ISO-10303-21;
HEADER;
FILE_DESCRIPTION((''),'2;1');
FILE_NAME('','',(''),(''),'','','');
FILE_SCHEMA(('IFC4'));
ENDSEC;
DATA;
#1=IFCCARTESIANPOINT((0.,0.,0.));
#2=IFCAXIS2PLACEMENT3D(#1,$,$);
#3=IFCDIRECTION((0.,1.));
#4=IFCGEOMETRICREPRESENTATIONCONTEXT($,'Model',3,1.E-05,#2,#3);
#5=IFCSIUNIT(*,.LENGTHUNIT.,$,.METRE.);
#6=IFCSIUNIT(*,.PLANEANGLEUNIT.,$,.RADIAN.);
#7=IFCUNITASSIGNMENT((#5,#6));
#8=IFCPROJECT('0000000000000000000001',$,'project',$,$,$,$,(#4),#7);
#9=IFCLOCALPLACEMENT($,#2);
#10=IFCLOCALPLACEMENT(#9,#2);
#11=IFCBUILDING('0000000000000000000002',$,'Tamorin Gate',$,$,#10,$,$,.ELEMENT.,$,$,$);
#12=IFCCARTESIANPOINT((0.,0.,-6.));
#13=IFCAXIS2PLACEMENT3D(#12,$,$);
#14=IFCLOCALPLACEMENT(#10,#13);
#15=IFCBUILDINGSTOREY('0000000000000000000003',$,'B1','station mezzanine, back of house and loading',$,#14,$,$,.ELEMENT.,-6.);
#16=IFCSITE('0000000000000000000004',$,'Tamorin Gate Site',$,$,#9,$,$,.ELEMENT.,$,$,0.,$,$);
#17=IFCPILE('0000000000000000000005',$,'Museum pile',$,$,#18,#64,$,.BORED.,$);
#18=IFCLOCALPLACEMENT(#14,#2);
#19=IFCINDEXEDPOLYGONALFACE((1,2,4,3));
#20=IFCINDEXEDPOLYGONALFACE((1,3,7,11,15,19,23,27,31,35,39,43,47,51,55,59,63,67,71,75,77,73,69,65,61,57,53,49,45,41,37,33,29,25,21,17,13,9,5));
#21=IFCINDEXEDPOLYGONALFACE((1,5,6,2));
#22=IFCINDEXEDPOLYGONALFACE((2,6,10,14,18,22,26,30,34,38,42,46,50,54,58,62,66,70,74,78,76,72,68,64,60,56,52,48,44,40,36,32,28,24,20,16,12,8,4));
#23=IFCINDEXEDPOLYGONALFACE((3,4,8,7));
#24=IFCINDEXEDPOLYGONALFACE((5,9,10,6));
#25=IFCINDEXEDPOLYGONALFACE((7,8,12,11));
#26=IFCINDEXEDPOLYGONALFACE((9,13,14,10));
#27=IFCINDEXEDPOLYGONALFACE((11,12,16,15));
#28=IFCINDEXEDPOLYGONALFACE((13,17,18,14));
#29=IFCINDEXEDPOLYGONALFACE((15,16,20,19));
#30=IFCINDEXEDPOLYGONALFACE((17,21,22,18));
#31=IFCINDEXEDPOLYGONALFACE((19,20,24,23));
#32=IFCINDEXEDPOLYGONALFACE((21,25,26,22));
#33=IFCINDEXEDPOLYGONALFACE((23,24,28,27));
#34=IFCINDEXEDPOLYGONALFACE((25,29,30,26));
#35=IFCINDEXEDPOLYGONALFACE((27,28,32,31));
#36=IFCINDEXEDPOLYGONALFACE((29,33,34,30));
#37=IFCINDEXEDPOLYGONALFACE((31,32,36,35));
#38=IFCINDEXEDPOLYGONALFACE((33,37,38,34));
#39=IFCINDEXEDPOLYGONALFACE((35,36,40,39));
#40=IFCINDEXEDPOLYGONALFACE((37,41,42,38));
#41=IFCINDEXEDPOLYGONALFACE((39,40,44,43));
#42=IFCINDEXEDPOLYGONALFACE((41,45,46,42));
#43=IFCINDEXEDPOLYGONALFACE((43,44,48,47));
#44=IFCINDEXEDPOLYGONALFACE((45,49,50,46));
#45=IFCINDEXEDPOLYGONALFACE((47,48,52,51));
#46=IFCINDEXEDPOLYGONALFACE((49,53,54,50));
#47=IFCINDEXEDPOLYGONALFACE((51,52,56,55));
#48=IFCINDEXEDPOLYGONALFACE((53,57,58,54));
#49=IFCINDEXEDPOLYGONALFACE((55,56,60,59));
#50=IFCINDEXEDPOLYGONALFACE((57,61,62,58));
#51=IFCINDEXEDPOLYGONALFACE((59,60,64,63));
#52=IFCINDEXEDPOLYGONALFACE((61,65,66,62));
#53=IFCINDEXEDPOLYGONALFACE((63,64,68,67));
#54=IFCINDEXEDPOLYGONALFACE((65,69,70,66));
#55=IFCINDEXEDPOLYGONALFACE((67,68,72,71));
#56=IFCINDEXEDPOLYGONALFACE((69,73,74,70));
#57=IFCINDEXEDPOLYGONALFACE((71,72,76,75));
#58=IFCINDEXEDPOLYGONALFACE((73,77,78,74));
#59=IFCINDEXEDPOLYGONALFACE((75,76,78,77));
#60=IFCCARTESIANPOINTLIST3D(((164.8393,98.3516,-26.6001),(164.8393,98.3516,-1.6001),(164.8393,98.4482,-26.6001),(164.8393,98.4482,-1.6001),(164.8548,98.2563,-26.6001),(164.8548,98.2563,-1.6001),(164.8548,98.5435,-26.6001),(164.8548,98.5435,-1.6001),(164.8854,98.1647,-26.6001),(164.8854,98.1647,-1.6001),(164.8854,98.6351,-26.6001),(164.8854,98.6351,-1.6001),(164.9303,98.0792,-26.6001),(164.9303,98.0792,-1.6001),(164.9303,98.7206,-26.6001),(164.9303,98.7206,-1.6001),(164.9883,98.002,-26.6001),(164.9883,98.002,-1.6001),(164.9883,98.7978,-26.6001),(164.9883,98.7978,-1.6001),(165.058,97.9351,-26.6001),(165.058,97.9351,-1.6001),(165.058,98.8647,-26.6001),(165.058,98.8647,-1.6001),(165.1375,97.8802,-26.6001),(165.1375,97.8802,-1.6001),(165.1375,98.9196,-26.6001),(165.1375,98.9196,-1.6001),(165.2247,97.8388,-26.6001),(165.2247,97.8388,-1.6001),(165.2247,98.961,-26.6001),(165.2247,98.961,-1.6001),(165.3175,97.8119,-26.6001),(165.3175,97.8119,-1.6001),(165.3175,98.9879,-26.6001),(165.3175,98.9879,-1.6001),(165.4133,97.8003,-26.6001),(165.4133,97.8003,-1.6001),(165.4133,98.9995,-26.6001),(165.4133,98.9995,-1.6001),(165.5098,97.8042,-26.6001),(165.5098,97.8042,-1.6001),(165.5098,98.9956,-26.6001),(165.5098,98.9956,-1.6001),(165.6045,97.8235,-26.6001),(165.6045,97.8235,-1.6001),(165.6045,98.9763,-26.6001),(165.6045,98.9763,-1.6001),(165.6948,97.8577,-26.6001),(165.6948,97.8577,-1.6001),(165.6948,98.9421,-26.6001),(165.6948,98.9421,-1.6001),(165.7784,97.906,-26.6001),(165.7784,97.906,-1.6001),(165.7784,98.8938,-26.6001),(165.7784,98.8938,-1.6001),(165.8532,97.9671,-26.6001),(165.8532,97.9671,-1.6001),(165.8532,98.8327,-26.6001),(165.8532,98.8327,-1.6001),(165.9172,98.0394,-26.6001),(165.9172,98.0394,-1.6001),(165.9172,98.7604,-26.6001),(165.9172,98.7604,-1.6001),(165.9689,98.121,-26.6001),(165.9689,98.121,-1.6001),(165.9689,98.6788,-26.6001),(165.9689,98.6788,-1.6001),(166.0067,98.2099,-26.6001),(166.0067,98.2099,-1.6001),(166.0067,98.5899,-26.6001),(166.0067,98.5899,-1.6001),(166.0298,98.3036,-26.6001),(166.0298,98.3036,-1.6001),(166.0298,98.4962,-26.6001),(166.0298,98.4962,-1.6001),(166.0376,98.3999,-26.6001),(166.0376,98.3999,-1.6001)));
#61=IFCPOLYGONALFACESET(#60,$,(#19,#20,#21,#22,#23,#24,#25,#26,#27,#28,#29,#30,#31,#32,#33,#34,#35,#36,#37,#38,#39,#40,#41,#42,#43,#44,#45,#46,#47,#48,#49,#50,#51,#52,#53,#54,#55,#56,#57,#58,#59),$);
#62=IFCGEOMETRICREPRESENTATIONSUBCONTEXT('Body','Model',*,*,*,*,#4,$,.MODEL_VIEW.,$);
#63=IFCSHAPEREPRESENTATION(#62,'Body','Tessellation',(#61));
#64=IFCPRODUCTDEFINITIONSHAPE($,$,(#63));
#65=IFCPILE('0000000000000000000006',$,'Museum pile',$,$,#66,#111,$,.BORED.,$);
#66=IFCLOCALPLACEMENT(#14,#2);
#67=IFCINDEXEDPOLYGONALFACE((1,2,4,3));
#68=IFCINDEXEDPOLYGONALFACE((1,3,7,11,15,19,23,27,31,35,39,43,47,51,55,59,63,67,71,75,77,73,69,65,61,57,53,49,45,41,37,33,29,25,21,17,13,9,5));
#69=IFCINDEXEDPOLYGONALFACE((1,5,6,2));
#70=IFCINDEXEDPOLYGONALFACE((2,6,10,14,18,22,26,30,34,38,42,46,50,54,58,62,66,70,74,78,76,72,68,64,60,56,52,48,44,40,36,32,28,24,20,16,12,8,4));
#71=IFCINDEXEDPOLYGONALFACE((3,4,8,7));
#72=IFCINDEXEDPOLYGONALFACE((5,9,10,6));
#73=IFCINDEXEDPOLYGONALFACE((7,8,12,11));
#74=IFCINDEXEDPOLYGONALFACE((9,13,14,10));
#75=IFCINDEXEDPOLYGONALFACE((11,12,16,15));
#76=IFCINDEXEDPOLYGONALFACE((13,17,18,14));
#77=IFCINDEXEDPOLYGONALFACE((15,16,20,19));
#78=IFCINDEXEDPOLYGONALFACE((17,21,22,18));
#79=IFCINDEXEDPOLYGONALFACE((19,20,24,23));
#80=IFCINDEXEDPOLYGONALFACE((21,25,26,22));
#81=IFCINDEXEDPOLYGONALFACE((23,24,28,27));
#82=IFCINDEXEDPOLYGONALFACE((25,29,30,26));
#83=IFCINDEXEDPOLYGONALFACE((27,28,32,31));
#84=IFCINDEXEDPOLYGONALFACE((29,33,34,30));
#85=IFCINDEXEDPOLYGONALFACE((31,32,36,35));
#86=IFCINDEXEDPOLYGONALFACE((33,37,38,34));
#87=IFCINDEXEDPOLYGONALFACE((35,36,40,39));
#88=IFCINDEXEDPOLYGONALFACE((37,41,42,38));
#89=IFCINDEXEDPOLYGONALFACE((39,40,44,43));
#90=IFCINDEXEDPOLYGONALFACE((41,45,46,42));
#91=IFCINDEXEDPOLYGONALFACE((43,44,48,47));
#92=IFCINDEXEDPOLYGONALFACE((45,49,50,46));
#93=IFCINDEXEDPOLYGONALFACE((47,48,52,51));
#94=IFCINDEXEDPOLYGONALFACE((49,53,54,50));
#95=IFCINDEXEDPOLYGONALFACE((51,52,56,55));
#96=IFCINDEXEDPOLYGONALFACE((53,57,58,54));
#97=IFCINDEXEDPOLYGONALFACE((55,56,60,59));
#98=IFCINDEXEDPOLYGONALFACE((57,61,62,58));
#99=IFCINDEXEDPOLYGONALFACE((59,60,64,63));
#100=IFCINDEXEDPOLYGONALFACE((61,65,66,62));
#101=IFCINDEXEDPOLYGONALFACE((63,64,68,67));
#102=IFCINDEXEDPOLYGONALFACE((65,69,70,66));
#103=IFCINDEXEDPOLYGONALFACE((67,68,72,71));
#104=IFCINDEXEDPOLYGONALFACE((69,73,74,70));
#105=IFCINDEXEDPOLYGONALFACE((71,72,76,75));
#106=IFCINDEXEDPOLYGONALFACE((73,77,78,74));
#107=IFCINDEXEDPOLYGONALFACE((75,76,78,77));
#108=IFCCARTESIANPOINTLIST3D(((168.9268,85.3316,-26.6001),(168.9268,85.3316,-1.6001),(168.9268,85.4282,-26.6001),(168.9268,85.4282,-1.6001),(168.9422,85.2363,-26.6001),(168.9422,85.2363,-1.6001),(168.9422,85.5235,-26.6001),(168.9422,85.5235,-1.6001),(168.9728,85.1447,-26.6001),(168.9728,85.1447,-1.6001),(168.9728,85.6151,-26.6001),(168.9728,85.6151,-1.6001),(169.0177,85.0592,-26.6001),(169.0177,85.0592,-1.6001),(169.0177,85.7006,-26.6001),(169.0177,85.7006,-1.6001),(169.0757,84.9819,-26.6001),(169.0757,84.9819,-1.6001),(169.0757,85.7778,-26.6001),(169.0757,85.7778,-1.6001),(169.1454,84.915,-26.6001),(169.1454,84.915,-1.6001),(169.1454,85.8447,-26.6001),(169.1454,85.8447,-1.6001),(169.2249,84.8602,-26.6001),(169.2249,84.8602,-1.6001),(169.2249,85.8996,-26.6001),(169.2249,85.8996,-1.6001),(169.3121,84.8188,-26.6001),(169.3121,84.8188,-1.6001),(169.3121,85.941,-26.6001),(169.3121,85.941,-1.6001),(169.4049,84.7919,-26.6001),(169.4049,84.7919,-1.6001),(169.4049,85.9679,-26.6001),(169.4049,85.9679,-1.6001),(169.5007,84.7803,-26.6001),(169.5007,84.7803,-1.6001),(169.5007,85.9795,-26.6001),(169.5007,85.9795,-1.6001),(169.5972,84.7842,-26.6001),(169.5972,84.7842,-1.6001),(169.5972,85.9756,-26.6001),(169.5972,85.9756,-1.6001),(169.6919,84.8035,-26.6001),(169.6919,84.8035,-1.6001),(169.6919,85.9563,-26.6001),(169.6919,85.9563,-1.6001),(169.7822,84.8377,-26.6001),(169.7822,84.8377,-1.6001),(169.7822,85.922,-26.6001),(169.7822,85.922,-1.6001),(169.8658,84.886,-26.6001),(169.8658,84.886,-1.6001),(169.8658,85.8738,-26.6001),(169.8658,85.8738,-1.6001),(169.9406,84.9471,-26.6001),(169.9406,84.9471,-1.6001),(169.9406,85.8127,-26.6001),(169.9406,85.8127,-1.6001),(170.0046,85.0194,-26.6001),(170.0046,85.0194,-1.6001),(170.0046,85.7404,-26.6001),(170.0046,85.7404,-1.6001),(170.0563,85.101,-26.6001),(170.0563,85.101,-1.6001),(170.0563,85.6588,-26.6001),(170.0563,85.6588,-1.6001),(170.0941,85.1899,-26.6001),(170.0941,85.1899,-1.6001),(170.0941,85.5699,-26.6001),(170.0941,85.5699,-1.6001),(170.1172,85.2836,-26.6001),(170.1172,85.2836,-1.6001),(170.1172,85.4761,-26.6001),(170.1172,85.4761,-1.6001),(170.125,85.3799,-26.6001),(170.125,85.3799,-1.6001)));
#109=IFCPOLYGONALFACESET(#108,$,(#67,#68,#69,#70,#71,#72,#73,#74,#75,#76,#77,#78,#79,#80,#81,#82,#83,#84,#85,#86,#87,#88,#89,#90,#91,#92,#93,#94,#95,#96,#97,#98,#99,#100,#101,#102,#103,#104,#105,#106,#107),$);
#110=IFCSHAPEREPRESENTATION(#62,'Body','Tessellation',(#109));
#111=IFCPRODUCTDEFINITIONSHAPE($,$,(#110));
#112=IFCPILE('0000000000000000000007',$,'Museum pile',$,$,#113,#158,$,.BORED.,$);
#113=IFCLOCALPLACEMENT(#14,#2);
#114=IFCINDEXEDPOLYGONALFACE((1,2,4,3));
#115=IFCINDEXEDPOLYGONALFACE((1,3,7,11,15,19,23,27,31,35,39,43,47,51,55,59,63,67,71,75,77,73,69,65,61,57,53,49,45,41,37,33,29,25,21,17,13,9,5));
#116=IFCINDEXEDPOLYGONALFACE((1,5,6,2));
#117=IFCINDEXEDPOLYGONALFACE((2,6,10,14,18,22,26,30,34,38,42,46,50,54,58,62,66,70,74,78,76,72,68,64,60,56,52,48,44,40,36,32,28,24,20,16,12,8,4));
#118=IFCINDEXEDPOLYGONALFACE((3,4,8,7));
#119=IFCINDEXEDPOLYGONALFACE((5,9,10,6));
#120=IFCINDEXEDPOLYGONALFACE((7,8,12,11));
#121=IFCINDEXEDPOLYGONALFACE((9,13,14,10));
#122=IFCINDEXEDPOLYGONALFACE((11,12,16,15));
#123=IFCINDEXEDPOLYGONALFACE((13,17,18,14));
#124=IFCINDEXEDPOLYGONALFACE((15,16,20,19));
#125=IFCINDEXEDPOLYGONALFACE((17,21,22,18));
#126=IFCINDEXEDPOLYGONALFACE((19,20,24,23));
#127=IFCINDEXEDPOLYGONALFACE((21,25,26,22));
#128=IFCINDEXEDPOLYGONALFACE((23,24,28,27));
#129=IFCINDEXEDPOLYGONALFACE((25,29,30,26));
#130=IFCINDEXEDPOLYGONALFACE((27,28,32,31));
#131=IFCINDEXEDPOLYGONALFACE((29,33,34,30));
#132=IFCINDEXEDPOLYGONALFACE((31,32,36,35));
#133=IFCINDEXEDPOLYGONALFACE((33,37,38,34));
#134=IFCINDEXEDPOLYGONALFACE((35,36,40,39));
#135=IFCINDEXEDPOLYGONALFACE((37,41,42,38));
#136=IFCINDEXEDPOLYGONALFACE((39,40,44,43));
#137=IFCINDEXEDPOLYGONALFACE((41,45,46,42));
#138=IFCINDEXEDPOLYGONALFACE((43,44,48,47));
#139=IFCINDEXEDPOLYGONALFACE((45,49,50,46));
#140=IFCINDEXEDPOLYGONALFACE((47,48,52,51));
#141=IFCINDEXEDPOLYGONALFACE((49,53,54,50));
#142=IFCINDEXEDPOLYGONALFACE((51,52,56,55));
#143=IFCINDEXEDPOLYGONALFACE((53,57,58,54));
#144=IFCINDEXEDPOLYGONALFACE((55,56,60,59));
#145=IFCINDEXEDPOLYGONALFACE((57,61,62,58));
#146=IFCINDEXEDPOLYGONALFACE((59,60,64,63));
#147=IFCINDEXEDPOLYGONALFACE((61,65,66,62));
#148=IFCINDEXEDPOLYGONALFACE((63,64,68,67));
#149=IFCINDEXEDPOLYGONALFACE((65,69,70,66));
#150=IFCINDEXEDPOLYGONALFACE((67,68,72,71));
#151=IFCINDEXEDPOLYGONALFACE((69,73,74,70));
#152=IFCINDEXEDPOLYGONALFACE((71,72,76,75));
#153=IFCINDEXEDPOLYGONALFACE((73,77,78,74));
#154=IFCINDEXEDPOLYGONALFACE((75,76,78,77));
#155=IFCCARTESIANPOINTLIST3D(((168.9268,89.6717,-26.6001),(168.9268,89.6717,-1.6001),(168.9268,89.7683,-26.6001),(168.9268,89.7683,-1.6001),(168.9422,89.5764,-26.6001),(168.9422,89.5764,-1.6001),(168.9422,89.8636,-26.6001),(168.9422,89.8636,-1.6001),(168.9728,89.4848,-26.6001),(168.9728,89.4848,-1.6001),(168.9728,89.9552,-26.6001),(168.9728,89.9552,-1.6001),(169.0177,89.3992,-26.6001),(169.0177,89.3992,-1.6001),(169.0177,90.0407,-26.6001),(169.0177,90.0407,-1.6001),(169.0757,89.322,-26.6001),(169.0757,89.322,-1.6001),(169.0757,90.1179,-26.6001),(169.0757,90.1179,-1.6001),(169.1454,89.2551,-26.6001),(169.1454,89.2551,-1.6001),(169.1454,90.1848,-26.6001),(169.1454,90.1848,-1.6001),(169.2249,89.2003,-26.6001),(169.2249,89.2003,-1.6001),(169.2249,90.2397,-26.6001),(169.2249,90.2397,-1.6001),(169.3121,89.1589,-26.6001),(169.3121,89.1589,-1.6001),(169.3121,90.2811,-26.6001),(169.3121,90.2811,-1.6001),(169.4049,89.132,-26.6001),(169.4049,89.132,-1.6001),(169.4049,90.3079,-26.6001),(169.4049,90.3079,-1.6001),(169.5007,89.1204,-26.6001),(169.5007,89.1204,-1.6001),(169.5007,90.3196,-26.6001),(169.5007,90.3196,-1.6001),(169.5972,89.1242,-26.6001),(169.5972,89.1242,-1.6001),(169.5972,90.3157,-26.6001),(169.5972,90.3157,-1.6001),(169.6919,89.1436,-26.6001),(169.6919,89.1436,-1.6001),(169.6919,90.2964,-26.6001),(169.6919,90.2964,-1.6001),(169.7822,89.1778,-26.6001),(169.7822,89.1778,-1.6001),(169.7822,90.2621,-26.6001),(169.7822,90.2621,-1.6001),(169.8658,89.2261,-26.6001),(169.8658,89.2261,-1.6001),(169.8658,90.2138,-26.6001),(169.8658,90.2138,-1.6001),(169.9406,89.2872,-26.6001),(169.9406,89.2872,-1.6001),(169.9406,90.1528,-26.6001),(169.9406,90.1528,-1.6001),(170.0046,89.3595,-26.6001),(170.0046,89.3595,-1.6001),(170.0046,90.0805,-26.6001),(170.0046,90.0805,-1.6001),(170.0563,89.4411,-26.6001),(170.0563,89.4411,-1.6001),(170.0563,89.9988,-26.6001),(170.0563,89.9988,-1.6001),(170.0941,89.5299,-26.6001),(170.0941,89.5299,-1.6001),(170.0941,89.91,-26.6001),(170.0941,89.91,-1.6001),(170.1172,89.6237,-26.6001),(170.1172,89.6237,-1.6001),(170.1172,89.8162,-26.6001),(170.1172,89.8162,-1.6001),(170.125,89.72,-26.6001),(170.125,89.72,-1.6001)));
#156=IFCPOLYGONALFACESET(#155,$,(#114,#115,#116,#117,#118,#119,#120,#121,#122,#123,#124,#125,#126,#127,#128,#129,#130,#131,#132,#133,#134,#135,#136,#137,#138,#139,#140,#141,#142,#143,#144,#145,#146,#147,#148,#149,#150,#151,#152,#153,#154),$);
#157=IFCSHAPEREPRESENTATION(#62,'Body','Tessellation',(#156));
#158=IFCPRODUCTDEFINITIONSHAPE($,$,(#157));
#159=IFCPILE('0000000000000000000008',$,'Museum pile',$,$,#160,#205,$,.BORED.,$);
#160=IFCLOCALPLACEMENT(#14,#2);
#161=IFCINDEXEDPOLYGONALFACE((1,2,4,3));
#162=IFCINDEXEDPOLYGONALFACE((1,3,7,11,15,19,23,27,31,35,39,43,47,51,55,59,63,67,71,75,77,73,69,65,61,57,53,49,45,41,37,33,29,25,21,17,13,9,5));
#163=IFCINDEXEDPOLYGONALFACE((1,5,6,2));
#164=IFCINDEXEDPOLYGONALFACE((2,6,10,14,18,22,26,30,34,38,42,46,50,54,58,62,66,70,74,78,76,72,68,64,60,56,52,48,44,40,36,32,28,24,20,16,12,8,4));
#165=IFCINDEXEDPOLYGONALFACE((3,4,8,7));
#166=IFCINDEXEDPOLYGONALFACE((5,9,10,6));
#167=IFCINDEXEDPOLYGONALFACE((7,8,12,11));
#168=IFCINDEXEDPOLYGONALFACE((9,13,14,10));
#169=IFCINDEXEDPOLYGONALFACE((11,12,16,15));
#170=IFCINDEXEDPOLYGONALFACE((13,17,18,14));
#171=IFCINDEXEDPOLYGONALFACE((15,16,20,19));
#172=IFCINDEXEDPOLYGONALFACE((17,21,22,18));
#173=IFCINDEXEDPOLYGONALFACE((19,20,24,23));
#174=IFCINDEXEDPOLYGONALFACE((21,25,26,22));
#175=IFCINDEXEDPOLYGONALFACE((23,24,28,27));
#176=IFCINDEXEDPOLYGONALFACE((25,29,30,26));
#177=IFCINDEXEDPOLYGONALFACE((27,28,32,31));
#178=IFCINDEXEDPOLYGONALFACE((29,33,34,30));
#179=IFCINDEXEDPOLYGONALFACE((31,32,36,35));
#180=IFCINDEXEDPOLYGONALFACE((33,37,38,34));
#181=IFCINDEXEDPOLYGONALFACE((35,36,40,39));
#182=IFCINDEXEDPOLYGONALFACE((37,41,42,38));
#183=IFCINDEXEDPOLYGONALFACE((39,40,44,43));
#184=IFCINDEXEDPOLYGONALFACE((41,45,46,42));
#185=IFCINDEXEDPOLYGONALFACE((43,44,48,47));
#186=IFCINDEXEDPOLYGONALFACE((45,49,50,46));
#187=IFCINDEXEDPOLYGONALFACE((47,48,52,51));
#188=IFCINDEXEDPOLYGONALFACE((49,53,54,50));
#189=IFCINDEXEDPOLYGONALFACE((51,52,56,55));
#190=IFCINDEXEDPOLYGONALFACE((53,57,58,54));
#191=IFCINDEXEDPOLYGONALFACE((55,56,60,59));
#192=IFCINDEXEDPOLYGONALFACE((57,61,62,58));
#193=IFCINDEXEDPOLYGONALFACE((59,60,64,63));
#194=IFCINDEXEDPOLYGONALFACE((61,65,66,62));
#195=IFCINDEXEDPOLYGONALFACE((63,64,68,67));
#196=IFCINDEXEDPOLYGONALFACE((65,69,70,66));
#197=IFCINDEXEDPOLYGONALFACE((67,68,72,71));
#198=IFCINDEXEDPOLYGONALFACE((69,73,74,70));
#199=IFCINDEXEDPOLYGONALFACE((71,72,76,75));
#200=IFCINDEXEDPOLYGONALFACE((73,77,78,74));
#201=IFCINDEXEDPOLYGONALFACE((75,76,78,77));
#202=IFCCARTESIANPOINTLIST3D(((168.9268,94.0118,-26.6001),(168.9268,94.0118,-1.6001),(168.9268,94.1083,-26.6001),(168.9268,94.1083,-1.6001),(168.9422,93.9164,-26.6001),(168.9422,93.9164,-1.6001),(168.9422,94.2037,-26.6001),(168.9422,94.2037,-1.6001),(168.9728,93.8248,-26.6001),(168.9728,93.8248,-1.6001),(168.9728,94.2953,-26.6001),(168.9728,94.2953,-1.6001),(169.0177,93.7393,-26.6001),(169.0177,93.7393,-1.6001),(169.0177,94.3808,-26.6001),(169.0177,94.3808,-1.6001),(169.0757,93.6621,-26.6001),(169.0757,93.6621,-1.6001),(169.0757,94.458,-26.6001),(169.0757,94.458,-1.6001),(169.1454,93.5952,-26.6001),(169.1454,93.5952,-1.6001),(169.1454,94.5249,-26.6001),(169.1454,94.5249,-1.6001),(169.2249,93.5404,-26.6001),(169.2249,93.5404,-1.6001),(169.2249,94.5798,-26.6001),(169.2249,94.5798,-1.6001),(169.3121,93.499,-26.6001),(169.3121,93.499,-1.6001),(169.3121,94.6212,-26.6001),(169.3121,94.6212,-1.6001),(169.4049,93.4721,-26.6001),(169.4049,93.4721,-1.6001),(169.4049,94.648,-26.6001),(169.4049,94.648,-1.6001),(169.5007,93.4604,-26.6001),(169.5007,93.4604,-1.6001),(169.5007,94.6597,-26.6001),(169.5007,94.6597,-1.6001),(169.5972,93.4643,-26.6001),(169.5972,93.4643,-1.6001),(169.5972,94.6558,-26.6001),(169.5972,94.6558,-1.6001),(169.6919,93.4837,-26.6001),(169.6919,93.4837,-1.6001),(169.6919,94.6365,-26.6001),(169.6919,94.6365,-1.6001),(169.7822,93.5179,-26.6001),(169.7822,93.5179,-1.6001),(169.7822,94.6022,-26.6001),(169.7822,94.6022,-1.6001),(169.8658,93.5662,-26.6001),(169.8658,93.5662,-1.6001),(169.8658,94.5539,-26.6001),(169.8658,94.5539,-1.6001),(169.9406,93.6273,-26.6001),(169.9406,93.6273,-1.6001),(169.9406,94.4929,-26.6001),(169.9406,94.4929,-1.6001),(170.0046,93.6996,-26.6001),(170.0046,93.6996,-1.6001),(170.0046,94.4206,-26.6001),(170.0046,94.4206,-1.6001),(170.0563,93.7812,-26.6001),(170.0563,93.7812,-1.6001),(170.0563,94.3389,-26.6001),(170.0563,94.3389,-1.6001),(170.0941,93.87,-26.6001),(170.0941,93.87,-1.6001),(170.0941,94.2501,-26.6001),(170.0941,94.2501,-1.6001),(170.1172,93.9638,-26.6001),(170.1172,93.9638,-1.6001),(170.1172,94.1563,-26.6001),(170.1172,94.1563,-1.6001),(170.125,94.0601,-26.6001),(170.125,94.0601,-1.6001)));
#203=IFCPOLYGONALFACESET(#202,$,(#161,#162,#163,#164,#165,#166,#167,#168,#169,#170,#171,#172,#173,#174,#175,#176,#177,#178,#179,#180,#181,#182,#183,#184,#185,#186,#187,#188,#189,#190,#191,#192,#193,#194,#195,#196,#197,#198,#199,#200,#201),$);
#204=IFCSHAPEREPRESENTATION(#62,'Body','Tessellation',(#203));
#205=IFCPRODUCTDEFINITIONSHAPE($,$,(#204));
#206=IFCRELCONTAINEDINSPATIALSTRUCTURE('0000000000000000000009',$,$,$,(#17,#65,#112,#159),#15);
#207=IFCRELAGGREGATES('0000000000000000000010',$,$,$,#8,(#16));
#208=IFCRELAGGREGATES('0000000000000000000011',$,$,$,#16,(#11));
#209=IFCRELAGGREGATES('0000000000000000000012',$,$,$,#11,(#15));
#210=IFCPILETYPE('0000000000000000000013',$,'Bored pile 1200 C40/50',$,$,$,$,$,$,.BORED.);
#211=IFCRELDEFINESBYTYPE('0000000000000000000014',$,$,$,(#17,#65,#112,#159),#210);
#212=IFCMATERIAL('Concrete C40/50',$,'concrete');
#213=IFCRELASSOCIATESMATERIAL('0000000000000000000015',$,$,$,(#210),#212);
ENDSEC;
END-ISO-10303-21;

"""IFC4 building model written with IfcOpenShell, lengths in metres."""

from ifc_helpers import new_model, si_unit, direction, frame, origin, origin_2d, place, context, subcontext, project, spatial, circle, extrude, material, material_profile, profile_set, type_object, element, save


model = new_model("IFC4")

# Units and contexts
model_context = context("Model", 3, precision=1e-05, world=origin(), true_north=direction((0.0, 1.0)))
body_context = subcontext(model_context, "Body", "Model", "MODEL_VIEW")
ifc_project = project(units=[si_unit("LENGTHUNIT", "METRE"), si_unit("PLANEANGLEUNIT", "RADIAN")], contexts=[model_context])

# Site, building, storey
site_placement = place(None, origin())
site = spatial("IfcSite", under=ifc_project, at=site_placement, Name="Tamorin Gate Site", CompositionType="ELEMENT", RefElevation=0.0)
building_placement = place(site_placement, origin())
building = spatial("IfcBuilding", under=site, at=building_placement, Name="Tamorin Gate", CompositionType="ELEMENT")
storey_placement = place(building_placement, frame((0.0, 0.0, -6.0)))
storey = spatial("IfcBuildingStorey", under=building, at=storey_placement, Name="B1", Description="station mezzanine, back of house and loading", CompositionType="ELEMENT", Elevation=-6.0)

# Piles
ifc_material_1 = material(Name="Concrete C40/50", Category="concrete")
ifc_material_profile_1 = material_profile(ifc_material_1, circle(Radius=0.6001, at=origin_2d()))
ifc_profile_set_1 = profile_set([ifc_material_profile_1], Name="Concrete C40/50")
pile_type_1 = type_object("IfcPileType", Name="Bored pile 1200 C40/50", PredefinedType="BORED", material=ifc_profile_set_1)
for number, where, z_axis, x_axis, name in (
    (1, (165.4375, 98.3999, -1.6001), (0.0, 0.0, -1.0), (1.0, 0.0, 0.0), "Museum pile"),
    (2, (169.5249, 85.3799, -1.6001), (0.0, 0.0, -1.0), (1.0, 0.0, 0.0), "Museum pile"),
    (3, (169.5249, 89.72, -1.6001), (0.0, 0.0, -1.0), (1.0, 0.0, 0.0), "Museum pile"),
    (4, (169.5249, 94.0601, -1.6001), (0.0, 0.0, -1.0), (1.0, 0.0, 0.0), "Museum pile"),
):
    element("IfcPile", number, at=place(storey_placement, frame(where, z_axis=z_axis, x_axis=x_axis)), inside=storey, type_object=pile_type_1, Name=name, PredefinedType="BORED", context=body_context, shape_type="SweptSolid", body=[
        extrude(circle(Radius=0.6001, at=origin_2d()), origin(), (0.0, 0.0, 1.0), 25.0),
    ])

save(model, "model.ifc")
